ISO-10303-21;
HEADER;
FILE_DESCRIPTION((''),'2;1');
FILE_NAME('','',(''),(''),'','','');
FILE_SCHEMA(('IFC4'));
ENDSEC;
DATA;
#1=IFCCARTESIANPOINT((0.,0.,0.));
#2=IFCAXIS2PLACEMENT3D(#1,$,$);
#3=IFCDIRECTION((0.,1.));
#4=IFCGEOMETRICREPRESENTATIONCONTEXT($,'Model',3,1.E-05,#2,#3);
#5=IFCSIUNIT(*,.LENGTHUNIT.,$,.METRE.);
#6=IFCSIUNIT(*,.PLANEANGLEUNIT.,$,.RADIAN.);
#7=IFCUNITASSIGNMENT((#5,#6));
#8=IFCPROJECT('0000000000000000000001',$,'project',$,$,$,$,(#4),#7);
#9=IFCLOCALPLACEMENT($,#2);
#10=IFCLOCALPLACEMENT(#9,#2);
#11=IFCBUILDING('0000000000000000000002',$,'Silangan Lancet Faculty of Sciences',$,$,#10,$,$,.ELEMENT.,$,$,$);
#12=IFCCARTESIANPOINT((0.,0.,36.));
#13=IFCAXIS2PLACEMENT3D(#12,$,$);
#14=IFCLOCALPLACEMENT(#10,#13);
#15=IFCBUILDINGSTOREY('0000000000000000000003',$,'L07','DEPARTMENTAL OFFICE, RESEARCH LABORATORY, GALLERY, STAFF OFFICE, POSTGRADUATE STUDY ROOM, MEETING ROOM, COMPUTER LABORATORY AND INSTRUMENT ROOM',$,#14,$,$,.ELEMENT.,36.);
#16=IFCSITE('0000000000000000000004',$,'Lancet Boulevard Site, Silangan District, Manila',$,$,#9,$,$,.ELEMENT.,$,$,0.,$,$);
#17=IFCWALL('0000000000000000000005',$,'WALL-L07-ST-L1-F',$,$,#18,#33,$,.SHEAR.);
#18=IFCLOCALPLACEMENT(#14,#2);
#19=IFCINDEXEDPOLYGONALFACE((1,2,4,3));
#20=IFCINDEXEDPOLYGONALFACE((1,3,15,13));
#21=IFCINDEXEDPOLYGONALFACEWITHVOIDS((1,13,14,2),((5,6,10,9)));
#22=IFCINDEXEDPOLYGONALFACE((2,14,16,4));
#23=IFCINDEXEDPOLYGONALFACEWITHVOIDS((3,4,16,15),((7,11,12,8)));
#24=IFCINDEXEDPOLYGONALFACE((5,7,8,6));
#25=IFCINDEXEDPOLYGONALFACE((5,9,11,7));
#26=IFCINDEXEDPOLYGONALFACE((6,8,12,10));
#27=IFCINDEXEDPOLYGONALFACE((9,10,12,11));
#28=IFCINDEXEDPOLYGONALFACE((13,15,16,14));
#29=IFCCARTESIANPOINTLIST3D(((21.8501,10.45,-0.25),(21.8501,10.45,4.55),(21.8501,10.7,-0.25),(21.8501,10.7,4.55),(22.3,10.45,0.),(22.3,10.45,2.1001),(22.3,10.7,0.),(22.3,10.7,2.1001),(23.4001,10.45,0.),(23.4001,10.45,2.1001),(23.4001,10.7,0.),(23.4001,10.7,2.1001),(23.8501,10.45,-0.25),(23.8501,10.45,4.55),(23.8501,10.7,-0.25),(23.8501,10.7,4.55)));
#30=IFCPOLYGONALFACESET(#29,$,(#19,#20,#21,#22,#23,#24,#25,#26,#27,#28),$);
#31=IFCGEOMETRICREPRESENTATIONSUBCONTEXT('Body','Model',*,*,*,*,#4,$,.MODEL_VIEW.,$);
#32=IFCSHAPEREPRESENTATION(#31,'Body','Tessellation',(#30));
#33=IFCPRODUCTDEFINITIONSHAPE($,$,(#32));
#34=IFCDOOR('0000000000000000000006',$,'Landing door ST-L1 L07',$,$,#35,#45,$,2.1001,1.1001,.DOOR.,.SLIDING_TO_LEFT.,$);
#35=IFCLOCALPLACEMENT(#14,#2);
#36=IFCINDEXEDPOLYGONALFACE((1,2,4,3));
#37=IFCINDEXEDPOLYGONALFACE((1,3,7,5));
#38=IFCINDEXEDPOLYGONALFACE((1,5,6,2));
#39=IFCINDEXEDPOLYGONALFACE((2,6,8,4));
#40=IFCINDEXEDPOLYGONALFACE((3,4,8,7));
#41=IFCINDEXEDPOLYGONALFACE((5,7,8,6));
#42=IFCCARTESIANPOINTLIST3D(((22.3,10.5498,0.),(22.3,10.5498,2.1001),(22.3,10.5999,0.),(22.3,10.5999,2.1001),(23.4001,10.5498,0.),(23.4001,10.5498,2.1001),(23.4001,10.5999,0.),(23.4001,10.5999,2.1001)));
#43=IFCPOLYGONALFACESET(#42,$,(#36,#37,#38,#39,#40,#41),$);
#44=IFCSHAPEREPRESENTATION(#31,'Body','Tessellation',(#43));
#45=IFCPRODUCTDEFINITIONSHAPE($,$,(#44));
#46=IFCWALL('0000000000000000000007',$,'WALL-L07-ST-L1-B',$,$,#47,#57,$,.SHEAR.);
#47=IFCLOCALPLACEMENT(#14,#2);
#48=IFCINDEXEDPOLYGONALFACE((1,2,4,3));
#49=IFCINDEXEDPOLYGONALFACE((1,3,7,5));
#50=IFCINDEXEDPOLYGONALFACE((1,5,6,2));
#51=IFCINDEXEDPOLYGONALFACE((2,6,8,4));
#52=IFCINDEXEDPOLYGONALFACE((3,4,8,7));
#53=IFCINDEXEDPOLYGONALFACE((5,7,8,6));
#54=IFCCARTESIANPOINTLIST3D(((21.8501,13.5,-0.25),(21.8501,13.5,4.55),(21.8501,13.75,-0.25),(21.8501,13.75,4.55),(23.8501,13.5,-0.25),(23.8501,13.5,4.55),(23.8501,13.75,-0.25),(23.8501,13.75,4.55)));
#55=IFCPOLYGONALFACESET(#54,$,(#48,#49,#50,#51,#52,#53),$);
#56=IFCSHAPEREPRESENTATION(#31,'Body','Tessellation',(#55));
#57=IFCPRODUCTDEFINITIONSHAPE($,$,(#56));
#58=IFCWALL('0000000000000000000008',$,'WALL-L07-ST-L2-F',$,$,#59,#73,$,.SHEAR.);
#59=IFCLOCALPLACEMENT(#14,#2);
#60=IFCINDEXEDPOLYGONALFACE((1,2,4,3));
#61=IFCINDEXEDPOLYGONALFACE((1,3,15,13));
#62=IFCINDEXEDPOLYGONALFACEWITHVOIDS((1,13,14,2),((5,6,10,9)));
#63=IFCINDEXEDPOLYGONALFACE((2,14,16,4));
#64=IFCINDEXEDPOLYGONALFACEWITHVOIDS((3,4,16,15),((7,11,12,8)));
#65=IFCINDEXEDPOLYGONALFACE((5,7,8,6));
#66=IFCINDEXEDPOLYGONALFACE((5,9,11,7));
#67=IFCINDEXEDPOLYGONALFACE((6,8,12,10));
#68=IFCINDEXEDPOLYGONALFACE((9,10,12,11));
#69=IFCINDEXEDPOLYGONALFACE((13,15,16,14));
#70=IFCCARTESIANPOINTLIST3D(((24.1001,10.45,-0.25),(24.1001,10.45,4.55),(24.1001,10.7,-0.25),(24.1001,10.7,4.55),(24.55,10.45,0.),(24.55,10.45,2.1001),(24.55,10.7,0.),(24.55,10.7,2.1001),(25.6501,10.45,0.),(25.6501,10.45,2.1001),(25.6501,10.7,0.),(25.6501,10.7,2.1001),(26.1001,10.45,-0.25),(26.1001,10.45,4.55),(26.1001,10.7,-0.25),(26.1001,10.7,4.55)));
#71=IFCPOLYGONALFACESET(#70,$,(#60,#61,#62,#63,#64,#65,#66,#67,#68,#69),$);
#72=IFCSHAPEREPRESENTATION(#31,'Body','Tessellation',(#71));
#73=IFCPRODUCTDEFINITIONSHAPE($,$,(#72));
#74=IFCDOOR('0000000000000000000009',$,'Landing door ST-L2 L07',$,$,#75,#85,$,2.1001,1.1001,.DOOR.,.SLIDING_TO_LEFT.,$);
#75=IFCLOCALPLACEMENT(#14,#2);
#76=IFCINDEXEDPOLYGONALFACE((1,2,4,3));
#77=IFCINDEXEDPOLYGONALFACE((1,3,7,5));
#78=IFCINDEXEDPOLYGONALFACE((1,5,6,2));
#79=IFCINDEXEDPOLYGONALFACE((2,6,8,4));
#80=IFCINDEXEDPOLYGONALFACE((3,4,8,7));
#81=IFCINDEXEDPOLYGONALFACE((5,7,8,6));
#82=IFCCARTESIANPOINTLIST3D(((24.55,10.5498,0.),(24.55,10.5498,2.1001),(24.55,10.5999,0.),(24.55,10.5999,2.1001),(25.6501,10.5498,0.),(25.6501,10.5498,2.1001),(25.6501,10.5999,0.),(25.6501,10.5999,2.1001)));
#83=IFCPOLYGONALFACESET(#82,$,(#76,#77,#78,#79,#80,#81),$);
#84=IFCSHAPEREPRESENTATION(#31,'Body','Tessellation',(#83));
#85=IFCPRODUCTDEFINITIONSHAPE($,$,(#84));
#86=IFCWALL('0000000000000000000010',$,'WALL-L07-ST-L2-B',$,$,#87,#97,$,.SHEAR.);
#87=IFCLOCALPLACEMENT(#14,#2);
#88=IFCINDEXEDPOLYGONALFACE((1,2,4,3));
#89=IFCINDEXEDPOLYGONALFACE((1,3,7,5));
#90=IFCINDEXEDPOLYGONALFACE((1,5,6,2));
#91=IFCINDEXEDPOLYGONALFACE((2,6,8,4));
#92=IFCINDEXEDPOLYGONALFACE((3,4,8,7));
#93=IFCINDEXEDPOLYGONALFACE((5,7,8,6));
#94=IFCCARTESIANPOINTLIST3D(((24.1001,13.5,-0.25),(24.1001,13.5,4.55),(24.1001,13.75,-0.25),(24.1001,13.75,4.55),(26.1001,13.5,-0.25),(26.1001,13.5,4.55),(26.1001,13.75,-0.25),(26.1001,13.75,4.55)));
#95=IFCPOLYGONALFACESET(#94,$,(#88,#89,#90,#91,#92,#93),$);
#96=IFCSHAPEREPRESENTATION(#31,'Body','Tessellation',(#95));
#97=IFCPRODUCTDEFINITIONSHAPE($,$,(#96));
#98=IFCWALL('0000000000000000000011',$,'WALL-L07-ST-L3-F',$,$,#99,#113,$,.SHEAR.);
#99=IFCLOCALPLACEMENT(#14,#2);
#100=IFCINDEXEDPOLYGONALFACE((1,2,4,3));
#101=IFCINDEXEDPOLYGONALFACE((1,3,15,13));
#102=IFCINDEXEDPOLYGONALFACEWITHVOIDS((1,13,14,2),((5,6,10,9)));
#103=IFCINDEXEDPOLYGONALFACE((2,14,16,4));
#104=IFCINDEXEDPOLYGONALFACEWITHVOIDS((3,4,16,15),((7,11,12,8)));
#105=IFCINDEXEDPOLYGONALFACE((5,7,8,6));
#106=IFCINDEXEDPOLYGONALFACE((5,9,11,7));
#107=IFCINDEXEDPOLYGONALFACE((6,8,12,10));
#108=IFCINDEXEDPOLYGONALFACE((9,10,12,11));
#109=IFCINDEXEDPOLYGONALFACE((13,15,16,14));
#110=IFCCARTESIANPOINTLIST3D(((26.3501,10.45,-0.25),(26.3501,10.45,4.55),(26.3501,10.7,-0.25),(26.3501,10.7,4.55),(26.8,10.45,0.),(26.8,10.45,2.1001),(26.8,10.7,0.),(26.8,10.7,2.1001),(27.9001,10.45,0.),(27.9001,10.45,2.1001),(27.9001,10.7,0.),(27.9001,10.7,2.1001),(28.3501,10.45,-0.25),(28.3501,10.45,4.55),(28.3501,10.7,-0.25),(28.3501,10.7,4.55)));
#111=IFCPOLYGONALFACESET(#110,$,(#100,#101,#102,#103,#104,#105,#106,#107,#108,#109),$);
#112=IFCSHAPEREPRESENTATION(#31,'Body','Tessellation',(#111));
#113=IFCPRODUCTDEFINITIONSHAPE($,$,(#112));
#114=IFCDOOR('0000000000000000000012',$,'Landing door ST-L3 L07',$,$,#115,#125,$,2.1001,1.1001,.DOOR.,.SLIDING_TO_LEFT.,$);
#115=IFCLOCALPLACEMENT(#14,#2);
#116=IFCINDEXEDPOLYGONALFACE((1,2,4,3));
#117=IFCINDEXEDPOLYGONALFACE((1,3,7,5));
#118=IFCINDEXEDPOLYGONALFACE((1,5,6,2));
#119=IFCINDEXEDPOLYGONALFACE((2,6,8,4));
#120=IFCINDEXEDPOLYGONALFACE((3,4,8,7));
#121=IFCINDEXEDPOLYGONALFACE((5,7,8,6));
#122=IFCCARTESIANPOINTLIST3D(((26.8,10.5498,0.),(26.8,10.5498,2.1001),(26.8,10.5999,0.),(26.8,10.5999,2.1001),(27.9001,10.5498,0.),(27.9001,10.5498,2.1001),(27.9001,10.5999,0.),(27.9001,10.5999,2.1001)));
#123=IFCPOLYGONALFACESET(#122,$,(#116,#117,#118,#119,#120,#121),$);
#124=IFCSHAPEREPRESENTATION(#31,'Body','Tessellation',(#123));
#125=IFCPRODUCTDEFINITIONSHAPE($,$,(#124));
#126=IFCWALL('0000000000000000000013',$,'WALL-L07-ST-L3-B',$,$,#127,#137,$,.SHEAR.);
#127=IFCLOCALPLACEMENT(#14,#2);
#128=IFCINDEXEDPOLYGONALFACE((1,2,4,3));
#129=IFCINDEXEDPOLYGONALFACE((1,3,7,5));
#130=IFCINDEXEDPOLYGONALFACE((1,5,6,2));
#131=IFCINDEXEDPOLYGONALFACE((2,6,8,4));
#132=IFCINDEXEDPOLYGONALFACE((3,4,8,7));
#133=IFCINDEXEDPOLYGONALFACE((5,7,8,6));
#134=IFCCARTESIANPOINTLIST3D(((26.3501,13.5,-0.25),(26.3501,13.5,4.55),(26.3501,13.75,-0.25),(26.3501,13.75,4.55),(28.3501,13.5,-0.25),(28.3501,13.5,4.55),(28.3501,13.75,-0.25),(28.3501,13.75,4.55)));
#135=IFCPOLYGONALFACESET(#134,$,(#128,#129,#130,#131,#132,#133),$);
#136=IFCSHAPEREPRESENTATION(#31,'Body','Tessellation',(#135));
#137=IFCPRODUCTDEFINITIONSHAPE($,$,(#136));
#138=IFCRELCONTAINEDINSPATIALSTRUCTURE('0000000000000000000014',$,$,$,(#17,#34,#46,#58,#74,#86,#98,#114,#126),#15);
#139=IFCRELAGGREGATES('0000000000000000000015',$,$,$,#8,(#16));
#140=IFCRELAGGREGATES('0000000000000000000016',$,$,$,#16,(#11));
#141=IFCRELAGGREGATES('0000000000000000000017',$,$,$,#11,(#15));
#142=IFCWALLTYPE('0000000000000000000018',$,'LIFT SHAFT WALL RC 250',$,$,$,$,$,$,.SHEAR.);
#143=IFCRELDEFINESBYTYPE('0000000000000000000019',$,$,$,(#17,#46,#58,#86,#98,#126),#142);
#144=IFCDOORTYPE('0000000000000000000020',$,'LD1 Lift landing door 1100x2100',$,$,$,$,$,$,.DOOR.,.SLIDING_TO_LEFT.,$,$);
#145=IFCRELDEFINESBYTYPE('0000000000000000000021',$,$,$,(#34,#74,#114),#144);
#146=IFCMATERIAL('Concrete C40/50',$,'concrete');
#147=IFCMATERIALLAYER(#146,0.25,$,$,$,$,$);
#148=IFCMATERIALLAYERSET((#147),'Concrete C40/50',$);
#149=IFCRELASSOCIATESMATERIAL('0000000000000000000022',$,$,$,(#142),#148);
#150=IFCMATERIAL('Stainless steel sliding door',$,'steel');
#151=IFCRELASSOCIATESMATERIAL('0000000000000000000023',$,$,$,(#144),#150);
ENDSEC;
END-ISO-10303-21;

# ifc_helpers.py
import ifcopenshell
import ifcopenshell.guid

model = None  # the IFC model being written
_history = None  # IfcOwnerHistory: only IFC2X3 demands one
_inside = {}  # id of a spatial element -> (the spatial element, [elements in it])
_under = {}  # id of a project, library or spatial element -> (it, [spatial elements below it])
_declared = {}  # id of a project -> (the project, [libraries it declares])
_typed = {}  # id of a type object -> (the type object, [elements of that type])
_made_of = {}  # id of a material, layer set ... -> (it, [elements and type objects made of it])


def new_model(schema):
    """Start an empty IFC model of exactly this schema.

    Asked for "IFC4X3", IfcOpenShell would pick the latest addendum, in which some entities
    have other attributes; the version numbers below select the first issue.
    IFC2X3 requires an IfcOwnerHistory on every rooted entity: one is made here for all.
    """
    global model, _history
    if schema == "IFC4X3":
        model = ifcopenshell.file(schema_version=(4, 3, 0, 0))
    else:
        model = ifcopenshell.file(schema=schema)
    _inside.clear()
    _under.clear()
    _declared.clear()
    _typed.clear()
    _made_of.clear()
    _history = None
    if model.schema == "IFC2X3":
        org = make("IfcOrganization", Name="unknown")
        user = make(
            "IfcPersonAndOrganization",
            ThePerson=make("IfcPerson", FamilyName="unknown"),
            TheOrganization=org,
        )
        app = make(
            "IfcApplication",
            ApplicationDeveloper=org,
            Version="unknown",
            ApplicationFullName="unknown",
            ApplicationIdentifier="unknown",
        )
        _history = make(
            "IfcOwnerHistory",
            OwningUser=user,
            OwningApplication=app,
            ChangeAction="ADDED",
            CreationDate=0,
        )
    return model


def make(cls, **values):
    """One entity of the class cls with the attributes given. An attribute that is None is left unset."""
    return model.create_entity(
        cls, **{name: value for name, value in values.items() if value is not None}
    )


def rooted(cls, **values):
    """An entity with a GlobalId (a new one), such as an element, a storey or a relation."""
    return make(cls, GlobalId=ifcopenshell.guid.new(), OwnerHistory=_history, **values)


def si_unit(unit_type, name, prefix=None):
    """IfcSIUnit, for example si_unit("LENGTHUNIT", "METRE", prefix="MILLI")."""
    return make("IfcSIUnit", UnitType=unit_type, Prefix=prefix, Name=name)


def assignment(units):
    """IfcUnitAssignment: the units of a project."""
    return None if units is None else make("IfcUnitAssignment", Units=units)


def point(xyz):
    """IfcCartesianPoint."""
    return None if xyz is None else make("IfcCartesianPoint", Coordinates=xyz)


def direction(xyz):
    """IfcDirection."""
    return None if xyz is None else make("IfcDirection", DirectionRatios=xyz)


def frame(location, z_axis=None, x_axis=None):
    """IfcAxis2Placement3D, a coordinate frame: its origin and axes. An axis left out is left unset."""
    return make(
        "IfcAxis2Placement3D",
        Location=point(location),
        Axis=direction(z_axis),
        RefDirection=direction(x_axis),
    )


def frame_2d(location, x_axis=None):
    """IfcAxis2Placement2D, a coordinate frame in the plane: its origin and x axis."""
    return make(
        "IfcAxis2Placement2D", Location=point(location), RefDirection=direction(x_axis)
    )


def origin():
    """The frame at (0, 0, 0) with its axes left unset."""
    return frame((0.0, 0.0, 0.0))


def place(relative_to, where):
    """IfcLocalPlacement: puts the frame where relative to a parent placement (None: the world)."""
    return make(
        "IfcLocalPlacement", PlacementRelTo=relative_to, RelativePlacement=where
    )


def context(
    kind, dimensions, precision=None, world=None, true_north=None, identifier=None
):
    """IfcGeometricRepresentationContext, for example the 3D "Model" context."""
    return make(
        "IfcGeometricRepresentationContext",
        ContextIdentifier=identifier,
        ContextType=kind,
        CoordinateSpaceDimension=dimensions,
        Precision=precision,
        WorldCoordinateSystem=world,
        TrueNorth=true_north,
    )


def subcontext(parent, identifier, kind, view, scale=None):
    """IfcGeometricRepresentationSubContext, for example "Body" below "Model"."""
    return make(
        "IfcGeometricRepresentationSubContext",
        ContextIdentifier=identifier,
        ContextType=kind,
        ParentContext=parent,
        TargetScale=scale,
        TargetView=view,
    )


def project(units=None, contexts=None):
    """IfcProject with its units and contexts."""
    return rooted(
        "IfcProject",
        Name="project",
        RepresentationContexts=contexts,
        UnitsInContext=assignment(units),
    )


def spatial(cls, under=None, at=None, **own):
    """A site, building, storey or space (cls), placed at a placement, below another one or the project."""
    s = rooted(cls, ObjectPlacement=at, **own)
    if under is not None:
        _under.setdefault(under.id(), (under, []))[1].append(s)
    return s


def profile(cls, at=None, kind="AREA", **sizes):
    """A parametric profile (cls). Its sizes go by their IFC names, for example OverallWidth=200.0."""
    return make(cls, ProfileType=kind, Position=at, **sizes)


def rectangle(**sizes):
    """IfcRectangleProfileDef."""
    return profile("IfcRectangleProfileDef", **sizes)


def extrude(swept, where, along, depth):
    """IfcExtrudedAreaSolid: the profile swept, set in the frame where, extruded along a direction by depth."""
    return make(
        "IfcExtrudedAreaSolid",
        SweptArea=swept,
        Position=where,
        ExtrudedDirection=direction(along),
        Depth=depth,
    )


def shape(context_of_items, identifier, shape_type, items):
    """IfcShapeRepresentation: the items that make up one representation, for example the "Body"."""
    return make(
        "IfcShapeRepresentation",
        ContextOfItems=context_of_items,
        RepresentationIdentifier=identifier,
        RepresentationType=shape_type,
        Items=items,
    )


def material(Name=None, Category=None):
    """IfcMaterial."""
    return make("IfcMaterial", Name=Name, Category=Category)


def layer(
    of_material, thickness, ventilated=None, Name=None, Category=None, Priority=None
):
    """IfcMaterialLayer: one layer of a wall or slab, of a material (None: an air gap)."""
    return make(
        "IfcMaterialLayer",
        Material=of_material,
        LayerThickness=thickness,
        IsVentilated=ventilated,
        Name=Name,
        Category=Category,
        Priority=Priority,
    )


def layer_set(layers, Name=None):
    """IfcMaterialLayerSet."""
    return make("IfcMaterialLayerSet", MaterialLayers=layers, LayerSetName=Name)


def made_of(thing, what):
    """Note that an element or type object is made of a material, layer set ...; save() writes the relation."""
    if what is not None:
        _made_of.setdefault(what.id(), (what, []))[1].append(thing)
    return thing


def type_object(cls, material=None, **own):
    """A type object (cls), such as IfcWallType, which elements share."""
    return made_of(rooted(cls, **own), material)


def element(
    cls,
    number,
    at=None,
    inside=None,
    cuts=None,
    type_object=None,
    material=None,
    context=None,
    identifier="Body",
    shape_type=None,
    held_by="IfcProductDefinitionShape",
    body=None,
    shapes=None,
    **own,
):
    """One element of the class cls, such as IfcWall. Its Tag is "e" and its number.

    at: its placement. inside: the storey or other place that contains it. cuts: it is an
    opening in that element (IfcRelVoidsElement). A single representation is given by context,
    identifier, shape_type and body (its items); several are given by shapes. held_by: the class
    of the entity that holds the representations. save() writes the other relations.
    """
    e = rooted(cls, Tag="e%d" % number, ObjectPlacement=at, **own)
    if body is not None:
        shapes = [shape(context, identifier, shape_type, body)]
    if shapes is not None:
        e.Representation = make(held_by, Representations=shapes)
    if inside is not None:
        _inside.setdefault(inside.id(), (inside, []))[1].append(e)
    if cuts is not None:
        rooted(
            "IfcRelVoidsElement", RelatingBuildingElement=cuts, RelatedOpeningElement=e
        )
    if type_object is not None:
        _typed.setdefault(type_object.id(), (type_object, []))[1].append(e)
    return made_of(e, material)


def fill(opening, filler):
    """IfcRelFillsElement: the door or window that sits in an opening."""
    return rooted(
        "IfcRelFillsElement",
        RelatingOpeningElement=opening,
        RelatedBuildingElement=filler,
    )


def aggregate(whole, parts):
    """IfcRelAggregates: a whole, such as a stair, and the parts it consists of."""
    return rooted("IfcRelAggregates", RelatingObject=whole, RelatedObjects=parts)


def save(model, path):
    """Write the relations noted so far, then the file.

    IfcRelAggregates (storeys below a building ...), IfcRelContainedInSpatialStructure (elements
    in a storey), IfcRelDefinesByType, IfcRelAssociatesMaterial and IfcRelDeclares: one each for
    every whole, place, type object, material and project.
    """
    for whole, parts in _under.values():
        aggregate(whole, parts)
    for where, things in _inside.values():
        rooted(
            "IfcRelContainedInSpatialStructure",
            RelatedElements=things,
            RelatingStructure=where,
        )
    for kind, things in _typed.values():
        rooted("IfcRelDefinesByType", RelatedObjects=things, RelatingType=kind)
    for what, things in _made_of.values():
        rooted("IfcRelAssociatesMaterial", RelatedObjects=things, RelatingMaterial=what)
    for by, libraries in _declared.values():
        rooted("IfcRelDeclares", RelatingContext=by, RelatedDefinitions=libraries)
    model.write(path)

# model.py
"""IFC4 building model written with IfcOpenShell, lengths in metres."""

from ifc_helpers import new_model, si_unit, direction, frame, frame_2d, origin, place, context, subcontext, project, spatial, rectangle, extrude, material, layer, layer_set, type_object, element, fill, save


model = new_model("IFC4")

# Units and contexts
model_context = context("Model", 3, precision=1e-05, world=origin(), true_north=direction((0.0, 1.0)))
body_context = subcontext(model_context, "Body", "Model", "MODEL_VIEW")
ifc_project = project(units=[si_unit("LENGTHUNIT", "METRE"), si_unit("PLANEANGLEUNIT", "RADIAN")], contexts=[model_context])

# Site, building, storey
site_placement = place(None, origin())
site = spatial("IfcSite", under=ifc_project, at=site_placement, Name="Lancet Boulevard Site, Silangan District, Manila", CompositionType="ELEMENT", RefElevation=0.0)
building_placement = place(site_placement, origin())
building = spatial("IfcBuilding", under=site, at=building_placement, Name="Silangan Lancet Faculty of Sciences", CompositionType="ELEMENT")
storey_placement = place(building_placement, frame((0.0, 0.0, 36.0)))
storey = spatial("IfcBuildingStorey", under=building, at=storey_placement, Name="L07", Description="DEPARTMENTAL OFFICE, RESEARCH LABORATORY, GALLERY, STAFF OFFICE, POSTGRADUATE STUDY ROOM, MEETING ROOM, COMPUTER LABORATORY AND INSTRUMENT ROOM", CompositionType="ELEMENT", Elevation=36.0)

# Shared definitions
ifc_material_1 = material(Name="Concrete C40/50", Category="concrete")
ifc_layer_1 = layer(ifc_material_1, 0.25)
ifc_layer_set_1 = layer_set([ifc_layer_1], Name="Concrete C40/50")
wall_type_1 = type_object("IfcWallType", Name="LIFT SHAFT WALL RC 250", PredefinedType="SHEAR", material=ifc_layer_set_1)

# Wall, opening, door
wall_1_placement = place(storey_placement, frame((21.8501, 10.575, -0.25), z_axis=(0.0, 0.0, 1.0), x_axis=(1.0, 0.0, 0.0)))
wall_1 = element("IfcWall", 1, at=wall_1_placement, inside=storey, type_object=wall_type_1, Name="WALL-L07-ST-L1-F", PredefinedType="SHEAR", context=body_context, shape_type="SweptSolid", body=[
    extrude(rectangle(XDim=2.0, YDim=0.25, at=frame_2d((1.0, 0.0))), origin(), (0.0, 0.0, 1.0), 4.8),
])
opening_1_placement = place(wall_1_placement, frame((0.45, 0.0, 0.25)))
opening_1 = element("IfcOpeningElement", 2, at=opening_1_placement, cuts=wall_1, PredefinedType="OPENING", context=body_context, shape_type="SweptSolid", body=[
    extrude(rectangle(XDim=1.1001, YDim=2.1001, at=frame_2d((0.55, 1.05))), frame((0.0, 0.135, 0.0), z_axis=(0.0, -1.0, 0.0), x_axis=(1.0, 0.0, 0.0)), (0.0, 0.0, 1.0), 0.27),
])
ifc_material_2 = material(Name="Stainless steel sliding door", Category="steel")
door_type_1 = type_object("IfcDoorType", Name="LD1 Lift landing door 1100x2100", OperationType="SLIDING_TO_LEFT", PredefinedType="DOOR", material=ifc_material_2)
door_1_placement = place(opening_1_placement, origin())
door_1 = element("IfcDoor", 3, at=door_1_placement, inside=storey, type_object=door_type_1, Name="Landing door ST-L1 L07", OperationType="SLIDING_TO_LEFT", OverallHeight=2.1001, OverallWidth=1.1001, PredefinedType="DOOR", context=body_context, shape_type="SweptSolid", body=[
    extrude(rectangle(XDim=1.1001, YDim=2.1001, at=frame_2d((0.55, 1.05))), frame((0.0, 0.0249, 0.0), z_axis=(0.0, -1.0, 0.0), x_axis=(1.0, 0.0, 0.0)), (0.0, 0.0, 1.0), 0.05),
])
fill(opening_1, door_1)

# Wall
wall_2_placement = place(storey_placement, frame((21.8501, 13.625, -0.25), z_axis=(0.0, 0.0, 1.0), x_axis=(1.0, 0.0, 0.0)))
element("IfcWall", 4, at=wall_2_placement, inside=storey, type_object=wall_type_1, Name="WALL-L07-ST-L1-B", PredefinedType="SHEAR", context=body_context, shape_type="SweptSolid", body=[
    extrude(rectangle(XDim=2.0, YDim=0.25, at=frame_2d((1.0, 0.0))), origin(), (0.0, 0.0, 1.0), 4.8),
])

# Wall, opening, door
wall_3_placement = place(storey_placement, frame((24.1001, 10.575, -0.25), z_axis=(0.0, 0.0, 1.0), x_axis=(1.0, 0.0, 0.0)))
wall_3 = element("IfcWall", 5, at=wall_3_placement, inside=storey, type_object=wall_type_1, Name="WALL-L07-ST-L2-F", PredefinedType="SHEAR", context=body_context, shape_type="SweptSolid", body=[
    extrude(rectangle(XDim=2.0, YDim=0.25, at=frame_2d((1.0, 0.0))), origin(), (0.0, 0.0, 1.0), 4.8),
])
opening_2_placement = place(wall_3_placement, frame((0.45, 0.0, 0.25)))
opening_2 = element("IfcOpeningElement", 6, at=opening_2_placement, cuts=wall_3, PredefinedType="OPENING", context=body_context, shape_type="SweptSolid", body=[
    extrude(rectangle(XDim=1.1001, YDim=2.1001, at=frame_2d((0.55, 1.05))), frame((0.0, 0.135, 0.0), z_axis=(0.0, -1.0, 0.0), x_axis=(1.0, 0.0, 0.0)), (0.0, 0.0, 1.0), 0.27),
])
door_2_placement = place(opening_2_placement, origin())
door_2 = element("IfcDoor", 7, at=door_2_placement, inside=storey, type_object=door_type_1, Name="Landing door ST-L2 L07", OperationType="SLIDING_TO_LEFT", OverallHeight=2.1001, OverallWidth=1.1001, PredefinedType="DOOR", context=body_context, shape_type="SweptSolid", body=[
    extrude(rectangle(XDim=1.1001, YDim=2.1001, at=frame_2d((0.55, 1.05))), frame((0.0, 0.0249, 0.0), z_axis=(0.0, -1.0, 0.0), x_axis=(1.0, 0.0, 0.0)), (0.0, 0.0, 1.0), 0.05),
])
fill(opening_2, door_2)

# Wall
wall_4_placement = place(storey_placement, frame((24.1001, 13.625, -0.25), z_axis=(0.0, 0.0, 1.0), x_axis=(1.0, 0.0, 0.0)))
element("IfcWall", 8, at=wall_4_placement, inside=storey, type_object=wall_type_1, Name="WALL-L07-ST-L2-B", PredefinedType="SHEAR", context=body_context, shape_type="SweptSolid", body=[
    extrude(rectangle(XDim=2.0, YDim=0.25, at=frame_2d((1.0, 0.0))), origin(), (0.0, 0.0, 1.0), 4.8),
])

# Wall, opening, door
wall_5_placement = place(storey_placement, frame((26.3501, 10.575, -0.25), z_axis=(0.0, 0.0, 1.0), x_axis=(1.0, 0.0, 0.0)))
wall_5 = element("IfcWall", 9, at=wall_5_placement, inside=storey, type_object=wall_type_1, Name="WALL-L07-ST-L3-F", PredefinedType="SHEAR", context=body_context, shape_type="SweptSolid", body=[
    extrude(rectangle(XDim=2.0, YDim=0.25, at=frame_2d((1.0, 0.0))), origin(), (0.0, 0.0, 1.0), 4.8),
])
opening_3_placement = place(wall_5_placement, frame((0.45, 0.0, 0.25)))
opening_3 = element("IfcOpeningElement", 10, at=opening_3_placement, cuts=wall_5, PredefinedType="OPENING", context=body_context, shape_type="SweptSolid", body=[
    extrude(rectangle(XDim=1.1001, YDim=2.1001, at=frame_2d((0.55, 1.05))), frame((0.0, 0.135, 0.0), z_axis=(0.0, -1.0, 0.0), x_axis=(1.0, 0.0, 0.0)), (0.0, 0.0, 1.0), 0.27),
])
door_3_placement = place(opening_3_placement, origin())
door_3 = element("IfcDoor", 11, at=door_3_placement, inside=storey, type_object=door_type_1, Name="Landing door ST-L3 L07", OperationType="SLIDING_TO_LEFT", OverallHeight=2.1001, OverallWidth=1.1001, PredefinedType="DOOR", context=body_context, shape_type="SweptSolid", body=[
    extrude(rectangle(XDim=1.1001, YDim=2.1001, at=frame_2d((0.55, 1.05))), frame((0.0, 0.0249, 0.0), z_axis=(0.0, -1.0, 0.0), x_axis=(1.0, 0.0, 0.0)), (0.0, 0.0, 1.0), 0.05),
])
fill(opening_3, door_3)

# Wall
wall_6_placement = place(storey_placement, frame((26.3501, 13.625, -0.25), z_axis=(0.0, 0.0, 1.0), x_axis=(1.0, 0.0, 0.0)))
element("IfcWall", 12, at=wall_6_placement, inside=storey, type_object=wall_type_1, Name="WALL-L07-ST-L3-B", PredefinedType="SHEAR", context=body_context, shape_type="SweptSolid", body=[
    extrude(rectangle(XDim=2.0, YDim=0.25, at=frame_2d((1.0, 0.0))), origin(), (0.0, 0.0, 1.0), 4.8),
])

save(model, "model.ifc")
